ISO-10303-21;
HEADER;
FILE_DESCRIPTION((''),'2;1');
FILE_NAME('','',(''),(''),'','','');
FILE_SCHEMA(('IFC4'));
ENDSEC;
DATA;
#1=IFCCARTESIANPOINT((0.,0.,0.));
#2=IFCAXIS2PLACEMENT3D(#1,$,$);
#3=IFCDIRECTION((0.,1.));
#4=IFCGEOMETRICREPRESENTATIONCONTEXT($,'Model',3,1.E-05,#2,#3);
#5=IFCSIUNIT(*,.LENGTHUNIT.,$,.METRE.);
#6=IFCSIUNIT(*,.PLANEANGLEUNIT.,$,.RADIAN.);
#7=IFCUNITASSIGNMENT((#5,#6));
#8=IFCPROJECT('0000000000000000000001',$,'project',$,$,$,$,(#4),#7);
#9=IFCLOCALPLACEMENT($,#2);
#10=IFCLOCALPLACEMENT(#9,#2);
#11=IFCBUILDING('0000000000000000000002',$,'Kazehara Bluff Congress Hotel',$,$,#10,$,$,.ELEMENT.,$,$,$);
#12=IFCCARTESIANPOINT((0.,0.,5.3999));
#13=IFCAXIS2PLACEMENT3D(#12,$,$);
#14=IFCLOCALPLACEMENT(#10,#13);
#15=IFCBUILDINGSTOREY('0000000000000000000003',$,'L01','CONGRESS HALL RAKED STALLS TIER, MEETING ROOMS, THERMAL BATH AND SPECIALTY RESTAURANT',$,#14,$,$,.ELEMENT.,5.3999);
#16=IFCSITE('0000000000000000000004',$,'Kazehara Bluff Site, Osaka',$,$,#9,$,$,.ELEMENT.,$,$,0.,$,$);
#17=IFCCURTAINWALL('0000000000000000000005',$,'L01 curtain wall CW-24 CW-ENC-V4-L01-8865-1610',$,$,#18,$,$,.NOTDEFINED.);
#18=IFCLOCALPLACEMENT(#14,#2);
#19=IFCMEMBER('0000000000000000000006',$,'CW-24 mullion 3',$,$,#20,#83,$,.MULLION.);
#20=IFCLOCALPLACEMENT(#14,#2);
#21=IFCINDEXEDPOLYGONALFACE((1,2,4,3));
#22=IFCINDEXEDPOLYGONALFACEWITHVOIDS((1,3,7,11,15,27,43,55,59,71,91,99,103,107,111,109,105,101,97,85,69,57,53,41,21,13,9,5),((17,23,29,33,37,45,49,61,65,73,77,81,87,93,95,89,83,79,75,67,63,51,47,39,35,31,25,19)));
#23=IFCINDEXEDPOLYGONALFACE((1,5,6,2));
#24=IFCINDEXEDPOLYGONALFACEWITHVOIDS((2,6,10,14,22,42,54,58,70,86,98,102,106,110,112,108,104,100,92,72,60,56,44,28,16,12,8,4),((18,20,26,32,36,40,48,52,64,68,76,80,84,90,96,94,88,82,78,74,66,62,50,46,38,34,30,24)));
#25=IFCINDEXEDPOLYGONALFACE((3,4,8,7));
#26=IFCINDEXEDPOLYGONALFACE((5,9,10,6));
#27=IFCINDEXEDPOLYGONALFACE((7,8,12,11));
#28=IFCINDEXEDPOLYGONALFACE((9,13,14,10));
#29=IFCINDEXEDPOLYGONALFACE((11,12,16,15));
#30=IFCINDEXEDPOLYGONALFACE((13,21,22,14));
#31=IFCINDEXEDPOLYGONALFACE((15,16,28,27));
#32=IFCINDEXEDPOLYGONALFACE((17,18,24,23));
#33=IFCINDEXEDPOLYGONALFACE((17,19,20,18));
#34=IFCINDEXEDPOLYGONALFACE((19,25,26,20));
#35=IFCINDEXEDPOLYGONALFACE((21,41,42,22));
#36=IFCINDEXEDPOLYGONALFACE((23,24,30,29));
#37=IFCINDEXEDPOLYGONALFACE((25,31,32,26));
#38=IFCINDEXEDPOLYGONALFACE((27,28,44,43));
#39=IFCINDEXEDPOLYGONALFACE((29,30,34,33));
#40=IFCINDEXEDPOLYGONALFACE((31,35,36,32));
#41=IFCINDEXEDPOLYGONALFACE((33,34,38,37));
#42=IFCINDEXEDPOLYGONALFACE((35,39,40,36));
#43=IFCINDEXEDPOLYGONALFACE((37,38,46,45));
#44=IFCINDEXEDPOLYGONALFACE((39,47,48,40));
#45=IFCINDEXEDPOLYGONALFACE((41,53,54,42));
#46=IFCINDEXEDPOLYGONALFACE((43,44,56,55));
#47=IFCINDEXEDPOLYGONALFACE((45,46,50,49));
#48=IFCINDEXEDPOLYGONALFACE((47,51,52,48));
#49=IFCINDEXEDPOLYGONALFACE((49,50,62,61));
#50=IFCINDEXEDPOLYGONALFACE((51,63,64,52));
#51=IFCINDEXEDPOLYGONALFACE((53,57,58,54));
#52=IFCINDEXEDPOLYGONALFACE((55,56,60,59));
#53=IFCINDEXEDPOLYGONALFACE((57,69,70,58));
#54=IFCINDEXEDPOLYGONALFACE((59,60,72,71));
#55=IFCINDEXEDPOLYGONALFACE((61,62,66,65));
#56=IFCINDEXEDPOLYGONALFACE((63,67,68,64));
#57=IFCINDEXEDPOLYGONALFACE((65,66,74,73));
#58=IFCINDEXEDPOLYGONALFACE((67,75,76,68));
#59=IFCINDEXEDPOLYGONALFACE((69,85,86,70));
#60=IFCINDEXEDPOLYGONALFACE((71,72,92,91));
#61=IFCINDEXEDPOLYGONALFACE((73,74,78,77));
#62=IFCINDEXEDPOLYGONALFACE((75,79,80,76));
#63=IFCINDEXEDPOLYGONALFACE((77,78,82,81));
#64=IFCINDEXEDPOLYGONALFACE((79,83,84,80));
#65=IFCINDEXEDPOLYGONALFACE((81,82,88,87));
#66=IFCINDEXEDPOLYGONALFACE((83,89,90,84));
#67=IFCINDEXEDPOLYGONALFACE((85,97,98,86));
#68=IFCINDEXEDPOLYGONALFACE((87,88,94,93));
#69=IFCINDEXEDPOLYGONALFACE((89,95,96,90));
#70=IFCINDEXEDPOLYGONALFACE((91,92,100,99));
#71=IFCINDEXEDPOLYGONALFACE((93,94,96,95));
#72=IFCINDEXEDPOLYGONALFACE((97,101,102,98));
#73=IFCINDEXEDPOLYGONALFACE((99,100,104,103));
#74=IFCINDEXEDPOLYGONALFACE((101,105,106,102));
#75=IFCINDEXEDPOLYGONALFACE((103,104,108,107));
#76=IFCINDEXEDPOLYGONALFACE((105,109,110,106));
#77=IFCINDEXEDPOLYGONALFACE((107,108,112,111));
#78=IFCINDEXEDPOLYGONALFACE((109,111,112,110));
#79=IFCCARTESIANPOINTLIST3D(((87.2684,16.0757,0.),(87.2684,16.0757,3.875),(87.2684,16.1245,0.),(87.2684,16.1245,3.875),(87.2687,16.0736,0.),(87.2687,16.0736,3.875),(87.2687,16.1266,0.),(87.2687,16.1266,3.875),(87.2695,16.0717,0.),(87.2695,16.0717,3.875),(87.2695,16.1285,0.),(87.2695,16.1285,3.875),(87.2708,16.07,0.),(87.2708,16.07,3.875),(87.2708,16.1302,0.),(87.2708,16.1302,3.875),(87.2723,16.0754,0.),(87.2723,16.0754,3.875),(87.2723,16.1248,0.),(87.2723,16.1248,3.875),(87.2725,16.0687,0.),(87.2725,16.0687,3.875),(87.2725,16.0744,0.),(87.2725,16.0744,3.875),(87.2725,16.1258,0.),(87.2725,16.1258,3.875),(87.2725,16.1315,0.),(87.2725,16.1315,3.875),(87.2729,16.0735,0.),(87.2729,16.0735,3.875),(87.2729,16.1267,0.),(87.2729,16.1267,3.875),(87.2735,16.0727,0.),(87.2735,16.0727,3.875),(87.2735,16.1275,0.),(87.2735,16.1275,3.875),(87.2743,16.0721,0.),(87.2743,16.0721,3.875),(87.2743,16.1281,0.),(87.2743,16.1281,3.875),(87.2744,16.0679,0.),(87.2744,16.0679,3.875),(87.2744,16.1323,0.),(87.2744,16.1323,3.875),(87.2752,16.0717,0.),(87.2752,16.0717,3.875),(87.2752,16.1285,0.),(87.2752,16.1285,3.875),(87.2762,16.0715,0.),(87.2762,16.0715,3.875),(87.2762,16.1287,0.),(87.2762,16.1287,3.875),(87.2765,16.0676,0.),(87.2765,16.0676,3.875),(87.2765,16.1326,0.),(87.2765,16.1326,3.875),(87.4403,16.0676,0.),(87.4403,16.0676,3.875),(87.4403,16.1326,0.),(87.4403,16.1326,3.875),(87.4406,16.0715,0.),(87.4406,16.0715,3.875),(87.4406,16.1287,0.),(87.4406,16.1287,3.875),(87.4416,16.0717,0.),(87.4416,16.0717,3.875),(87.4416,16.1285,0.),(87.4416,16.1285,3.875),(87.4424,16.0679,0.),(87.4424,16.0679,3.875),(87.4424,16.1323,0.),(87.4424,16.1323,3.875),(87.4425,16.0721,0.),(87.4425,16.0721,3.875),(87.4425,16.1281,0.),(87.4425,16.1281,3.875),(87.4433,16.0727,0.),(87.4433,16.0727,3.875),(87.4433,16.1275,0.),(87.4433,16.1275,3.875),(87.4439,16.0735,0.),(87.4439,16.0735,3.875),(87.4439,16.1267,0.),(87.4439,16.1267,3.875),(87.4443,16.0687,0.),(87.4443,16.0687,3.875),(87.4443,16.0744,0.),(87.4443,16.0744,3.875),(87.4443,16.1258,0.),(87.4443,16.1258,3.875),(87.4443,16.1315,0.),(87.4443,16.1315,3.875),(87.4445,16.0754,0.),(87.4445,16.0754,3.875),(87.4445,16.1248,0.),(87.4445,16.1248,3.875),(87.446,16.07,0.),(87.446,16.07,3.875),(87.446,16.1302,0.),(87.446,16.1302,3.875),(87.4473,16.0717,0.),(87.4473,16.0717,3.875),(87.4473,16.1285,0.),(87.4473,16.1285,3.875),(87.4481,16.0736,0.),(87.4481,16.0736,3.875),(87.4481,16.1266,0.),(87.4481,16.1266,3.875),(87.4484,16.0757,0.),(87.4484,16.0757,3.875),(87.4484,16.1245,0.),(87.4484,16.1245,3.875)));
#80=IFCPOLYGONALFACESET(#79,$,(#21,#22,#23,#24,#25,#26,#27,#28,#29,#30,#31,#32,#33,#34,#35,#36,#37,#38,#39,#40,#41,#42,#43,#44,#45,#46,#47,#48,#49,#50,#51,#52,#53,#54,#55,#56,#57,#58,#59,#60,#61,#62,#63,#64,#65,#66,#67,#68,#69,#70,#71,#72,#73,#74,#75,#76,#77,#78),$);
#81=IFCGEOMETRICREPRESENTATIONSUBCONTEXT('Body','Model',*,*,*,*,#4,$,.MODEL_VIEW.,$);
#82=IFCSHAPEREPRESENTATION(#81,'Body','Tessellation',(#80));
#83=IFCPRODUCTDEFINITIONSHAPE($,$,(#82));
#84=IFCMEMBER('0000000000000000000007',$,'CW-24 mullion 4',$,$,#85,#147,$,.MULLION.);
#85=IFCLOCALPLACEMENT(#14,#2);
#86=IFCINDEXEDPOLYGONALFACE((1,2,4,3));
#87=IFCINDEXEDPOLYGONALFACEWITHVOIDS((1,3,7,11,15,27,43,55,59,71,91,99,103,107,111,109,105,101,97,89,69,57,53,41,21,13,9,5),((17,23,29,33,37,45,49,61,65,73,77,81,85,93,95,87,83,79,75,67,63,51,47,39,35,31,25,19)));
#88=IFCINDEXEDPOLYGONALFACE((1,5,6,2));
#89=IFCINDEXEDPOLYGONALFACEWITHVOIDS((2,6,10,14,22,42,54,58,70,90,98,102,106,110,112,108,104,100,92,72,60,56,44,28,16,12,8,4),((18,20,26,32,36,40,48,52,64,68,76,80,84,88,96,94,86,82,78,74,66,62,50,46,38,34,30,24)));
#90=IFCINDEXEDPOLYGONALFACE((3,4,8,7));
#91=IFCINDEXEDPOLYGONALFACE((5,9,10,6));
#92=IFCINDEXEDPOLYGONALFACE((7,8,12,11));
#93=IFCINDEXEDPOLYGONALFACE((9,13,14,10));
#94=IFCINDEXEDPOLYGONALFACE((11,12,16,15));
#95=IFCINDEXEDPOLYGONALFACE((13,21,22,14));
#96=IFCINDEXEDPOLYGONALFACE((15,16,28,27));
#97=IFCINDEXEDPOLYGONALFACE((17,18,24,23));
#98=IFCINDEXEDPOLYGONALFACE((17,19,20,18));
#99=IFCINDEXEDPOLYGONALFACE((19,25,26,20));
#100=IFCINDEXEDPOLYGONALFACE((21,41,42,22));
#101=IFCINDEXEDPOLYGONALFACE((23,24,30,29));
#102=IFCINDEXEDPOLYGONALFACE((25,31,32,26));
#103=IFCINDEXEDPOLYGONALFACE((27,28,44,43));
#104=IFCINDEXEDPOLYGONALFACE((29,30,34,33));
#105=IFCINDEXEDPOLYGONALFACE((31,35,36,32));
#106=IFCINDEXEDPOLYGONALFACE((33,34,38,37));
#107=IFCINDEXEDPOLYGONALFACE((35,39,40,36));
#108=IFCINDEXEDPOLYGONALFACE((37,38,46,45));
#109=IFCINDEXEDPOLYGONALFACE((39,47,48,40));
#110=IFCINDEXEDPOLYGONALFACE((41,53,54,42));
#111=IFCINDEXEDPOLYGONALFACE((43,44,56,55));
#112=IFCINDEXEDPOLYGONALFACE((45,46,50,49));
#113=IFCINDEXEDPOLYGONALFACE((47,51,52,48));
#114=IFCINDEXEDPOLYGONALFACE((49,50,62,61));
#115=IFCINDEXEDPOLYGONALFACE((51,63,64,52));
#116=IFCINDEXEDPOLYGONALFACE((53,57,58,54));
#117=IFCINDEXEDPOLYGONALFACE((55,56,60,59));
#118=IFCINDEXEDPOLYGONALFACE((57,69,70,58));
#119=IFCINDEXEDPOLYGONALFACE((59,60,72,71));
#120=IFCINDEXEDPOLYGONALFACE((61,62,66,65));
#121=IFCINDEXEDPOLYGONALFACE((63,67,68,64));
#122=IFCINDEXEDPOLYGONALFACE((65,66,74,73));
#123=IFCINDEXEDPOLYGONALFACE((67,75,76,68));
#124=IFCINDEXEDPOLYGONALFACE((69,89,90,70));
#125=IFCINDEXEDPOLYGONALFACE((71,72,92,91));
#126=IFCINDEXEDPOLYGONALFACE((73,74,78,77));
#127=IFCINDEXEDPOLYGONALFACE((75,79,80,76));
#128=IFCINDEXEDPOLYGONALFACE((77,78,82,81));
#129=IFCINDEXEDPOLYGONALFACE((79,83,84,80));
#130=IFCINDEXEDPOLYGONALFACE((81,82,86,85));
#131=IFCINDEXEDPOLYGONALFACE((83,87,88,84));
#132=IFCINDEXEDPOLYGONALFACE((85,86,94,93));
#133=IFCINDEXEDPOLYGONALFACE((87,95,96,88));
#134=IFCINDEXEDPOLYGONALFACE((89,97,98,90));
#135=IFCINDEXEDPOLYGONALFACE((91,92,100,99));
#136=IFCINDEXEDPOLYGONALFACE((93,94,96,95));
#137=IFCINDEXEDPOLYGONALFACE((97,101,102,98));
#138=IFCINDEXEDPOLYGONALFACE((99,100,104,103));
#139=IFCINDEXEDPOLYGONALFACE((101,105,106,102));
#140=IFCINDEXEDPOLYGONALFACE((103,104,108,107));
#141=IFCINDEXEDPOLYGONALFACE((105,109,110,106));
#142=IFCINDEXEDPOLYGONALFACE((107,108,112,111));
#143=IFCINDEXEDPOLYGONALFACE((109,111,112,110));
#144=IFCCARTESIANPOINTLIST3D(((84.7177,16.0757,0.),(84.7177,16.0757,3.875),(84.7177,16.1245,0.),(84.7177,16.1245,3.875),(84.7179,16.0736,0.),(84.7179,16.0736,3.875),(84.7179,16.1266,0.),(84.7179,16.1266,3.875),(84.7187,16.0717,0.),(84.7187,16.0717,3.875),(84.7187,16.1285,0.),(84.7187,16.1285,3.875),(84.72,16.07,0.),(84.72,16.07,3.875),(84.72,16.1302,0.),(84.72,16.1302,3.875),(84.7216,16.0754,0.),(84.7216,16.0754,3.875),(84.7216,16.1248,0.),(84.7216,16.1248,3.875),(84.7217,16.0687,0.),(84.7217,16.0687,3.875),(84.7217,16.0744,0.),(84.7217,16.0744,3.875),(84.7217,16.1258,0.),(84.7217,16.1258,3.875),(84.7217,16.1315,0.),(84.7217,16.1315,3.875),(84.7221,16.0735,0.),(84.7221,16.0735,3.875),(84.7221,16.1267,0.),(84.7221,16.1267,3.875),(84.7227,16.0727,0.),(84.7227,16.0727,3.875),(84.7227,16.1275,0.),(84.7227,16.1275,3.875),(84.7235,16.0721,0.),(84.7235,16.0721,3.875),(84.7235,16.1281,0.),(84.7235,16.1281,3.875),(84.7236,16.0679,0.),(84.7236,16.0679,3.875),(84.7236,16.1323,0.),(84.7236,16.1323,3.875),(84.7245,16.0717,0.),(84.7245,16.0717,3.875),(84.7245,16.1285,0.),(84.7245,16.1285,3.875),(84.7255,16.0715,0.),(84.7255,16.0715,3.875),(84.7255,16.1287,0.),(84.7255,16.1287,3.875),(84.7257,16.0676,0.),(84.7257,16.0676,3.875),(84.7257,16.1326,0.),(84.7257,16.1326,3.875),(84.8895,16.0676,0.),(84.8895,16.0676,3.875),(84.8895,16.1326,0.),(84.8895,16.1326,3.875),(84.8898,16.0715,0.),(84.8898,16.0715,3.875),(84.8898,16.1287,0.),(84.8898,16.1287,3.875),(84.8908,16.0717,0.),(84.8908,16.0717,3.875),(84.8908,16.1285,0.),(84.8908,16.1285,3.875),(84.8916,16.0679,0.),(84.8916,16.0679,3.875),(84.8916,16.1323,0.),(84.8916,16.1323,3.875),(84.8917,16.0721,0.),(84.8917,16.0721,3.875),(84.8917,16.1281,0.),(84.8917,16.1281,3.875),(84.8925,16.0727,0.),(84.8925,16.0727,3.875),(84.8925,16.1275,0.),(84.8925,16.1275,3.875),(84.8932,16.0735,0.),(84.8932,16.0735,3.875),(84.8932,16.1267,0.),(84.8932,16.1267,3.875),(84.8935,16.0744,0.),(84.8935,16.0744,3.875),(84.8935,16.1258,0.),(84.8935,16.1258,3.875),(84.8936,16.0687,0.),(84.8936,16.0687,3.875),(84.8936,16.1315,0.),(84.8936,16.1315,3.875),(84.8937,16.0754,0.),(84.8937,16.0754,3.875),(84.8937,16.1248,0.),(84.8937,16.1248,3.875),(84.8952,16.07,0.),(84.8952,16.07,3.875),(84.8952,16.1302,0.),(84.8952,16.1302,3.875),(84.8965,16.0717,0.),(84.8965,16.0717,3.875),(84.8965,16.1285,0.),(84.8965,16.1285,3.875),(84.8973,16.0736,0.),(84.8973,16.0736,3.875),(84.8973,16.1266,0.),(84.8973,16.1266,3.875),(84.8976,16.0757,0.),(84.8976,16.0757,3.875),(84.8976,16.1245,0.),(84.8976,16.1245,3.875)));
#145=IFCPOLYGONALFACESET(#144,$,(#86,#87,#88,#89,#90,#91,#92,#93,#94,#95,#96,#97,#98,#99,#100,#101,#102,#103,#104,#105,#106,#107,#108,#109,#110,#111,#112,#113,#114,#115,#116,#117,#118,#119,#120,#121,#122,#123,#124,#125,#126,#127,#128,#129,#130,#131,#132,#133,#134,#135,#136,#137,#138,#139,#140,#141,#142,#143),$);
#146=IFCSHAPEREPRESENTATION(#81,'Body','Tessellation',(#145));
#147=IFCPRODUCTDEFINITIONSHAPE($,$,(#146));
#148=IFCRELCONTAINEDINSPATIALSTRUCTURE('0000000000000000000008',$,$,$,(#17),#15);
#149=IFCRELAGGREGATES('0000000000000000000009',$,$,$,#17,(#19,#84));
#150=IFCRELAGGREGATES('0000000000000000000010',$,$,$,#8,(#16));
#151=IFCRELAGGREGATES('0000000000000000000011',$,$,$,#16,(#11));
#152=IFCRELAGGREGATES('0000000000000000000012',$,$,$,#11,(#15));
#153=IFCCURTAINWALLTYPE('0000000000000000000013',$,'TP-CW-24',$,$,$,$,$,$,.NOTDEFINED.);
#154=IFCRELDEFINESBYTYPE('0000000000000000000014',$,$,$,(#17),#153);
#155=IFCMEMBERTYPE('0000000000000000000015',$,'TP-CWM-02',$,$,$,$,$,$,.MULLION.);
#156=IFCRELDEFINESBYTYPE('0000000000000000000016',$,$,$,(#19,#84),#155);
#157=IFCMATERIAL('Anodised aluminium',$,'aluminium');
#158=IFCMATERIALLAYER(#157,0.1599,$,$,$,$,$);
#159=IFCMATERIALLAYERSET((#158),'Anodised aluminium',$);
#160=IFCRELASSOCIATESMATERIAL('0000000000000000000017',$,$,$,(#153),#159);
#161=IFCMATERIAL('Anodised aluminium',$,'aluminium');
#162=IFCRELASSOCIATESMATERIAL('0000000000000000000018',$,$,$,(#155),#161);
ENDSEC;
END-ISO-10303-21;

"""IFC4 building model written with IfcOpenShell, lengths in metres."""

from ifc_helpers import new_model, si_unit, direction, frame, origin, origin_2d, place, context, subcontext, project, spatial, hollow_rectangle, extrude, material, layer, layer_set, material_profile, profile_set, type_object, element, aggregate, save


model = new_model("IFC4")

# Units and contexts
model_context = context("Model", 3, precision=1e-05, world=origin(), true_north=direction((0.0, 1.0)))
body_context = subcontext(model_context, "Body", "Model", "MODEL_VIEW")
ifc_project = project(units=[si_unit("LENGTHUNIT", "METRE"), si_unit("PLANEANGLEUNIT", "RADIAN")], contexts=[model_context])

# Site, building, storey
site_placement = place(None, origin())
site = spatial("IfcSite", under=ifc_project, at=site_placement, Name="Kazehara Bluff Site, Osaka", CompositionType="ELEMENT", RefElevation=0.0)
building_placement = place(site_placement, origin())
building = spatial("IfcBuilding", under=site, at=building_placement, Name="Kazehara Bluff Congress Hotel", CompositionType="ELEMENT")
storey_placement = place(building_placement, frame((0.0, 0.0, 5.3999)))
storey = spatial("IfcBuildingStorey", under=building, at=storey_placement, Name="L01", Description="CONGRESS HALL RAKED STALLS TIER, MEETING ROOMS, THERMAL BATH AND SPECIALTY RESTAURANT", CompositionType="ELEMENT", Elevation=5.3999)

# Curtain wall, members
ifc_material_1 = material(Name="Anodised aluminium", Category="aluminium")
ifc_layer_1 = layer(ifc_material_1, 0.1599)
ifc_layer_set_1 = layer_set([ifc_layer_1], Name="Anodised aluminium")
curtain_wall_type = type_object("IfcCurtainWallType", Name="TP-CW-24", PredefinedType="NOTDEFINED", material=ifc_layer_set_1)
ifc_material_2 = material(Name="Anodised aluminium", Category="aluminium")
ifc_material_profile_1 = material_profile(ifc_material_2, hollow_rectangle(XDim=0.0649, YDim=0.1799, WallThickness=0.0039, InnerFilletRadius=0.0039, OuterFilletRadius=0.0081, at=origin_2d()))
ifc_profile_set_1 = profile_set([ifc_material_profile_1], Name="Anodised aluminium")
member_type_1 = type_object("IfcMemberType", Name="TP-CWM-02", PredefinedType="MULLION", material=ifc_profile_set_1)
curtain_wall_1_placement = place(storey_placement, origin())
curtain_wall_1 = element("IfcCurtainWall", 1, at=curtain_wall_1_placement, inside=storey, type_object=curtain_wall_type, Name="L01 curtain wall CW-24 CW-ENC-V4-L01-8865-1610", PredefinedType="NOTDEFINED")
member_1_placement = place(storey_placement, frame((87.3584, 16.1001, 0.0), z_axis=(0.0, 0.0, 1.0), x_axis=(0.0, -1.0, 0.0)))
member_1 = element("IfcMember", 2, at=member_1_placement, type_object=member_type_1, Name="CW-24 mullion 3", PredefinedType="MULLION", context=body_context, shape_type="SweptSolid", body=[
    extrude(hollow_rectangle(XDim=0.0649, YDim=0.1799, WallThickness=0.0039, InnerFilletRadius=0.0039, OuterFilletRadius=0.0081, at=origin_2d()), origin(), (0.0, 0.0, 1.0), 3.875),
])
member_2_placement = place(storey_placement, frame((84.8076, 16.1001, 0.0), z_axis=(0.0, 0.0, 1.0), x_axis=(0.0, -1.0, 0.0)))
member_2 = element("IfcMember", 3, at=member_2_placement, type_object=member_type_1, Name="CW-24 mullion 4", PredefinedType="MULLION", context=body_context, shape_type="SweptSolid", body=[
    extrude(hollow_rectangle(XDim=0.0649, YDim=0.1799, WallThickness=0.0039, InnerFilletRadius=0.0039, OuterFilletRadius=0.0081, at=origin_2d()), origin(), (0.0, 0.0, 1.0), 3.875),
])

aggregate(curtain_wall_1, [member_1, member_2])

save(model, "model.ifc")
